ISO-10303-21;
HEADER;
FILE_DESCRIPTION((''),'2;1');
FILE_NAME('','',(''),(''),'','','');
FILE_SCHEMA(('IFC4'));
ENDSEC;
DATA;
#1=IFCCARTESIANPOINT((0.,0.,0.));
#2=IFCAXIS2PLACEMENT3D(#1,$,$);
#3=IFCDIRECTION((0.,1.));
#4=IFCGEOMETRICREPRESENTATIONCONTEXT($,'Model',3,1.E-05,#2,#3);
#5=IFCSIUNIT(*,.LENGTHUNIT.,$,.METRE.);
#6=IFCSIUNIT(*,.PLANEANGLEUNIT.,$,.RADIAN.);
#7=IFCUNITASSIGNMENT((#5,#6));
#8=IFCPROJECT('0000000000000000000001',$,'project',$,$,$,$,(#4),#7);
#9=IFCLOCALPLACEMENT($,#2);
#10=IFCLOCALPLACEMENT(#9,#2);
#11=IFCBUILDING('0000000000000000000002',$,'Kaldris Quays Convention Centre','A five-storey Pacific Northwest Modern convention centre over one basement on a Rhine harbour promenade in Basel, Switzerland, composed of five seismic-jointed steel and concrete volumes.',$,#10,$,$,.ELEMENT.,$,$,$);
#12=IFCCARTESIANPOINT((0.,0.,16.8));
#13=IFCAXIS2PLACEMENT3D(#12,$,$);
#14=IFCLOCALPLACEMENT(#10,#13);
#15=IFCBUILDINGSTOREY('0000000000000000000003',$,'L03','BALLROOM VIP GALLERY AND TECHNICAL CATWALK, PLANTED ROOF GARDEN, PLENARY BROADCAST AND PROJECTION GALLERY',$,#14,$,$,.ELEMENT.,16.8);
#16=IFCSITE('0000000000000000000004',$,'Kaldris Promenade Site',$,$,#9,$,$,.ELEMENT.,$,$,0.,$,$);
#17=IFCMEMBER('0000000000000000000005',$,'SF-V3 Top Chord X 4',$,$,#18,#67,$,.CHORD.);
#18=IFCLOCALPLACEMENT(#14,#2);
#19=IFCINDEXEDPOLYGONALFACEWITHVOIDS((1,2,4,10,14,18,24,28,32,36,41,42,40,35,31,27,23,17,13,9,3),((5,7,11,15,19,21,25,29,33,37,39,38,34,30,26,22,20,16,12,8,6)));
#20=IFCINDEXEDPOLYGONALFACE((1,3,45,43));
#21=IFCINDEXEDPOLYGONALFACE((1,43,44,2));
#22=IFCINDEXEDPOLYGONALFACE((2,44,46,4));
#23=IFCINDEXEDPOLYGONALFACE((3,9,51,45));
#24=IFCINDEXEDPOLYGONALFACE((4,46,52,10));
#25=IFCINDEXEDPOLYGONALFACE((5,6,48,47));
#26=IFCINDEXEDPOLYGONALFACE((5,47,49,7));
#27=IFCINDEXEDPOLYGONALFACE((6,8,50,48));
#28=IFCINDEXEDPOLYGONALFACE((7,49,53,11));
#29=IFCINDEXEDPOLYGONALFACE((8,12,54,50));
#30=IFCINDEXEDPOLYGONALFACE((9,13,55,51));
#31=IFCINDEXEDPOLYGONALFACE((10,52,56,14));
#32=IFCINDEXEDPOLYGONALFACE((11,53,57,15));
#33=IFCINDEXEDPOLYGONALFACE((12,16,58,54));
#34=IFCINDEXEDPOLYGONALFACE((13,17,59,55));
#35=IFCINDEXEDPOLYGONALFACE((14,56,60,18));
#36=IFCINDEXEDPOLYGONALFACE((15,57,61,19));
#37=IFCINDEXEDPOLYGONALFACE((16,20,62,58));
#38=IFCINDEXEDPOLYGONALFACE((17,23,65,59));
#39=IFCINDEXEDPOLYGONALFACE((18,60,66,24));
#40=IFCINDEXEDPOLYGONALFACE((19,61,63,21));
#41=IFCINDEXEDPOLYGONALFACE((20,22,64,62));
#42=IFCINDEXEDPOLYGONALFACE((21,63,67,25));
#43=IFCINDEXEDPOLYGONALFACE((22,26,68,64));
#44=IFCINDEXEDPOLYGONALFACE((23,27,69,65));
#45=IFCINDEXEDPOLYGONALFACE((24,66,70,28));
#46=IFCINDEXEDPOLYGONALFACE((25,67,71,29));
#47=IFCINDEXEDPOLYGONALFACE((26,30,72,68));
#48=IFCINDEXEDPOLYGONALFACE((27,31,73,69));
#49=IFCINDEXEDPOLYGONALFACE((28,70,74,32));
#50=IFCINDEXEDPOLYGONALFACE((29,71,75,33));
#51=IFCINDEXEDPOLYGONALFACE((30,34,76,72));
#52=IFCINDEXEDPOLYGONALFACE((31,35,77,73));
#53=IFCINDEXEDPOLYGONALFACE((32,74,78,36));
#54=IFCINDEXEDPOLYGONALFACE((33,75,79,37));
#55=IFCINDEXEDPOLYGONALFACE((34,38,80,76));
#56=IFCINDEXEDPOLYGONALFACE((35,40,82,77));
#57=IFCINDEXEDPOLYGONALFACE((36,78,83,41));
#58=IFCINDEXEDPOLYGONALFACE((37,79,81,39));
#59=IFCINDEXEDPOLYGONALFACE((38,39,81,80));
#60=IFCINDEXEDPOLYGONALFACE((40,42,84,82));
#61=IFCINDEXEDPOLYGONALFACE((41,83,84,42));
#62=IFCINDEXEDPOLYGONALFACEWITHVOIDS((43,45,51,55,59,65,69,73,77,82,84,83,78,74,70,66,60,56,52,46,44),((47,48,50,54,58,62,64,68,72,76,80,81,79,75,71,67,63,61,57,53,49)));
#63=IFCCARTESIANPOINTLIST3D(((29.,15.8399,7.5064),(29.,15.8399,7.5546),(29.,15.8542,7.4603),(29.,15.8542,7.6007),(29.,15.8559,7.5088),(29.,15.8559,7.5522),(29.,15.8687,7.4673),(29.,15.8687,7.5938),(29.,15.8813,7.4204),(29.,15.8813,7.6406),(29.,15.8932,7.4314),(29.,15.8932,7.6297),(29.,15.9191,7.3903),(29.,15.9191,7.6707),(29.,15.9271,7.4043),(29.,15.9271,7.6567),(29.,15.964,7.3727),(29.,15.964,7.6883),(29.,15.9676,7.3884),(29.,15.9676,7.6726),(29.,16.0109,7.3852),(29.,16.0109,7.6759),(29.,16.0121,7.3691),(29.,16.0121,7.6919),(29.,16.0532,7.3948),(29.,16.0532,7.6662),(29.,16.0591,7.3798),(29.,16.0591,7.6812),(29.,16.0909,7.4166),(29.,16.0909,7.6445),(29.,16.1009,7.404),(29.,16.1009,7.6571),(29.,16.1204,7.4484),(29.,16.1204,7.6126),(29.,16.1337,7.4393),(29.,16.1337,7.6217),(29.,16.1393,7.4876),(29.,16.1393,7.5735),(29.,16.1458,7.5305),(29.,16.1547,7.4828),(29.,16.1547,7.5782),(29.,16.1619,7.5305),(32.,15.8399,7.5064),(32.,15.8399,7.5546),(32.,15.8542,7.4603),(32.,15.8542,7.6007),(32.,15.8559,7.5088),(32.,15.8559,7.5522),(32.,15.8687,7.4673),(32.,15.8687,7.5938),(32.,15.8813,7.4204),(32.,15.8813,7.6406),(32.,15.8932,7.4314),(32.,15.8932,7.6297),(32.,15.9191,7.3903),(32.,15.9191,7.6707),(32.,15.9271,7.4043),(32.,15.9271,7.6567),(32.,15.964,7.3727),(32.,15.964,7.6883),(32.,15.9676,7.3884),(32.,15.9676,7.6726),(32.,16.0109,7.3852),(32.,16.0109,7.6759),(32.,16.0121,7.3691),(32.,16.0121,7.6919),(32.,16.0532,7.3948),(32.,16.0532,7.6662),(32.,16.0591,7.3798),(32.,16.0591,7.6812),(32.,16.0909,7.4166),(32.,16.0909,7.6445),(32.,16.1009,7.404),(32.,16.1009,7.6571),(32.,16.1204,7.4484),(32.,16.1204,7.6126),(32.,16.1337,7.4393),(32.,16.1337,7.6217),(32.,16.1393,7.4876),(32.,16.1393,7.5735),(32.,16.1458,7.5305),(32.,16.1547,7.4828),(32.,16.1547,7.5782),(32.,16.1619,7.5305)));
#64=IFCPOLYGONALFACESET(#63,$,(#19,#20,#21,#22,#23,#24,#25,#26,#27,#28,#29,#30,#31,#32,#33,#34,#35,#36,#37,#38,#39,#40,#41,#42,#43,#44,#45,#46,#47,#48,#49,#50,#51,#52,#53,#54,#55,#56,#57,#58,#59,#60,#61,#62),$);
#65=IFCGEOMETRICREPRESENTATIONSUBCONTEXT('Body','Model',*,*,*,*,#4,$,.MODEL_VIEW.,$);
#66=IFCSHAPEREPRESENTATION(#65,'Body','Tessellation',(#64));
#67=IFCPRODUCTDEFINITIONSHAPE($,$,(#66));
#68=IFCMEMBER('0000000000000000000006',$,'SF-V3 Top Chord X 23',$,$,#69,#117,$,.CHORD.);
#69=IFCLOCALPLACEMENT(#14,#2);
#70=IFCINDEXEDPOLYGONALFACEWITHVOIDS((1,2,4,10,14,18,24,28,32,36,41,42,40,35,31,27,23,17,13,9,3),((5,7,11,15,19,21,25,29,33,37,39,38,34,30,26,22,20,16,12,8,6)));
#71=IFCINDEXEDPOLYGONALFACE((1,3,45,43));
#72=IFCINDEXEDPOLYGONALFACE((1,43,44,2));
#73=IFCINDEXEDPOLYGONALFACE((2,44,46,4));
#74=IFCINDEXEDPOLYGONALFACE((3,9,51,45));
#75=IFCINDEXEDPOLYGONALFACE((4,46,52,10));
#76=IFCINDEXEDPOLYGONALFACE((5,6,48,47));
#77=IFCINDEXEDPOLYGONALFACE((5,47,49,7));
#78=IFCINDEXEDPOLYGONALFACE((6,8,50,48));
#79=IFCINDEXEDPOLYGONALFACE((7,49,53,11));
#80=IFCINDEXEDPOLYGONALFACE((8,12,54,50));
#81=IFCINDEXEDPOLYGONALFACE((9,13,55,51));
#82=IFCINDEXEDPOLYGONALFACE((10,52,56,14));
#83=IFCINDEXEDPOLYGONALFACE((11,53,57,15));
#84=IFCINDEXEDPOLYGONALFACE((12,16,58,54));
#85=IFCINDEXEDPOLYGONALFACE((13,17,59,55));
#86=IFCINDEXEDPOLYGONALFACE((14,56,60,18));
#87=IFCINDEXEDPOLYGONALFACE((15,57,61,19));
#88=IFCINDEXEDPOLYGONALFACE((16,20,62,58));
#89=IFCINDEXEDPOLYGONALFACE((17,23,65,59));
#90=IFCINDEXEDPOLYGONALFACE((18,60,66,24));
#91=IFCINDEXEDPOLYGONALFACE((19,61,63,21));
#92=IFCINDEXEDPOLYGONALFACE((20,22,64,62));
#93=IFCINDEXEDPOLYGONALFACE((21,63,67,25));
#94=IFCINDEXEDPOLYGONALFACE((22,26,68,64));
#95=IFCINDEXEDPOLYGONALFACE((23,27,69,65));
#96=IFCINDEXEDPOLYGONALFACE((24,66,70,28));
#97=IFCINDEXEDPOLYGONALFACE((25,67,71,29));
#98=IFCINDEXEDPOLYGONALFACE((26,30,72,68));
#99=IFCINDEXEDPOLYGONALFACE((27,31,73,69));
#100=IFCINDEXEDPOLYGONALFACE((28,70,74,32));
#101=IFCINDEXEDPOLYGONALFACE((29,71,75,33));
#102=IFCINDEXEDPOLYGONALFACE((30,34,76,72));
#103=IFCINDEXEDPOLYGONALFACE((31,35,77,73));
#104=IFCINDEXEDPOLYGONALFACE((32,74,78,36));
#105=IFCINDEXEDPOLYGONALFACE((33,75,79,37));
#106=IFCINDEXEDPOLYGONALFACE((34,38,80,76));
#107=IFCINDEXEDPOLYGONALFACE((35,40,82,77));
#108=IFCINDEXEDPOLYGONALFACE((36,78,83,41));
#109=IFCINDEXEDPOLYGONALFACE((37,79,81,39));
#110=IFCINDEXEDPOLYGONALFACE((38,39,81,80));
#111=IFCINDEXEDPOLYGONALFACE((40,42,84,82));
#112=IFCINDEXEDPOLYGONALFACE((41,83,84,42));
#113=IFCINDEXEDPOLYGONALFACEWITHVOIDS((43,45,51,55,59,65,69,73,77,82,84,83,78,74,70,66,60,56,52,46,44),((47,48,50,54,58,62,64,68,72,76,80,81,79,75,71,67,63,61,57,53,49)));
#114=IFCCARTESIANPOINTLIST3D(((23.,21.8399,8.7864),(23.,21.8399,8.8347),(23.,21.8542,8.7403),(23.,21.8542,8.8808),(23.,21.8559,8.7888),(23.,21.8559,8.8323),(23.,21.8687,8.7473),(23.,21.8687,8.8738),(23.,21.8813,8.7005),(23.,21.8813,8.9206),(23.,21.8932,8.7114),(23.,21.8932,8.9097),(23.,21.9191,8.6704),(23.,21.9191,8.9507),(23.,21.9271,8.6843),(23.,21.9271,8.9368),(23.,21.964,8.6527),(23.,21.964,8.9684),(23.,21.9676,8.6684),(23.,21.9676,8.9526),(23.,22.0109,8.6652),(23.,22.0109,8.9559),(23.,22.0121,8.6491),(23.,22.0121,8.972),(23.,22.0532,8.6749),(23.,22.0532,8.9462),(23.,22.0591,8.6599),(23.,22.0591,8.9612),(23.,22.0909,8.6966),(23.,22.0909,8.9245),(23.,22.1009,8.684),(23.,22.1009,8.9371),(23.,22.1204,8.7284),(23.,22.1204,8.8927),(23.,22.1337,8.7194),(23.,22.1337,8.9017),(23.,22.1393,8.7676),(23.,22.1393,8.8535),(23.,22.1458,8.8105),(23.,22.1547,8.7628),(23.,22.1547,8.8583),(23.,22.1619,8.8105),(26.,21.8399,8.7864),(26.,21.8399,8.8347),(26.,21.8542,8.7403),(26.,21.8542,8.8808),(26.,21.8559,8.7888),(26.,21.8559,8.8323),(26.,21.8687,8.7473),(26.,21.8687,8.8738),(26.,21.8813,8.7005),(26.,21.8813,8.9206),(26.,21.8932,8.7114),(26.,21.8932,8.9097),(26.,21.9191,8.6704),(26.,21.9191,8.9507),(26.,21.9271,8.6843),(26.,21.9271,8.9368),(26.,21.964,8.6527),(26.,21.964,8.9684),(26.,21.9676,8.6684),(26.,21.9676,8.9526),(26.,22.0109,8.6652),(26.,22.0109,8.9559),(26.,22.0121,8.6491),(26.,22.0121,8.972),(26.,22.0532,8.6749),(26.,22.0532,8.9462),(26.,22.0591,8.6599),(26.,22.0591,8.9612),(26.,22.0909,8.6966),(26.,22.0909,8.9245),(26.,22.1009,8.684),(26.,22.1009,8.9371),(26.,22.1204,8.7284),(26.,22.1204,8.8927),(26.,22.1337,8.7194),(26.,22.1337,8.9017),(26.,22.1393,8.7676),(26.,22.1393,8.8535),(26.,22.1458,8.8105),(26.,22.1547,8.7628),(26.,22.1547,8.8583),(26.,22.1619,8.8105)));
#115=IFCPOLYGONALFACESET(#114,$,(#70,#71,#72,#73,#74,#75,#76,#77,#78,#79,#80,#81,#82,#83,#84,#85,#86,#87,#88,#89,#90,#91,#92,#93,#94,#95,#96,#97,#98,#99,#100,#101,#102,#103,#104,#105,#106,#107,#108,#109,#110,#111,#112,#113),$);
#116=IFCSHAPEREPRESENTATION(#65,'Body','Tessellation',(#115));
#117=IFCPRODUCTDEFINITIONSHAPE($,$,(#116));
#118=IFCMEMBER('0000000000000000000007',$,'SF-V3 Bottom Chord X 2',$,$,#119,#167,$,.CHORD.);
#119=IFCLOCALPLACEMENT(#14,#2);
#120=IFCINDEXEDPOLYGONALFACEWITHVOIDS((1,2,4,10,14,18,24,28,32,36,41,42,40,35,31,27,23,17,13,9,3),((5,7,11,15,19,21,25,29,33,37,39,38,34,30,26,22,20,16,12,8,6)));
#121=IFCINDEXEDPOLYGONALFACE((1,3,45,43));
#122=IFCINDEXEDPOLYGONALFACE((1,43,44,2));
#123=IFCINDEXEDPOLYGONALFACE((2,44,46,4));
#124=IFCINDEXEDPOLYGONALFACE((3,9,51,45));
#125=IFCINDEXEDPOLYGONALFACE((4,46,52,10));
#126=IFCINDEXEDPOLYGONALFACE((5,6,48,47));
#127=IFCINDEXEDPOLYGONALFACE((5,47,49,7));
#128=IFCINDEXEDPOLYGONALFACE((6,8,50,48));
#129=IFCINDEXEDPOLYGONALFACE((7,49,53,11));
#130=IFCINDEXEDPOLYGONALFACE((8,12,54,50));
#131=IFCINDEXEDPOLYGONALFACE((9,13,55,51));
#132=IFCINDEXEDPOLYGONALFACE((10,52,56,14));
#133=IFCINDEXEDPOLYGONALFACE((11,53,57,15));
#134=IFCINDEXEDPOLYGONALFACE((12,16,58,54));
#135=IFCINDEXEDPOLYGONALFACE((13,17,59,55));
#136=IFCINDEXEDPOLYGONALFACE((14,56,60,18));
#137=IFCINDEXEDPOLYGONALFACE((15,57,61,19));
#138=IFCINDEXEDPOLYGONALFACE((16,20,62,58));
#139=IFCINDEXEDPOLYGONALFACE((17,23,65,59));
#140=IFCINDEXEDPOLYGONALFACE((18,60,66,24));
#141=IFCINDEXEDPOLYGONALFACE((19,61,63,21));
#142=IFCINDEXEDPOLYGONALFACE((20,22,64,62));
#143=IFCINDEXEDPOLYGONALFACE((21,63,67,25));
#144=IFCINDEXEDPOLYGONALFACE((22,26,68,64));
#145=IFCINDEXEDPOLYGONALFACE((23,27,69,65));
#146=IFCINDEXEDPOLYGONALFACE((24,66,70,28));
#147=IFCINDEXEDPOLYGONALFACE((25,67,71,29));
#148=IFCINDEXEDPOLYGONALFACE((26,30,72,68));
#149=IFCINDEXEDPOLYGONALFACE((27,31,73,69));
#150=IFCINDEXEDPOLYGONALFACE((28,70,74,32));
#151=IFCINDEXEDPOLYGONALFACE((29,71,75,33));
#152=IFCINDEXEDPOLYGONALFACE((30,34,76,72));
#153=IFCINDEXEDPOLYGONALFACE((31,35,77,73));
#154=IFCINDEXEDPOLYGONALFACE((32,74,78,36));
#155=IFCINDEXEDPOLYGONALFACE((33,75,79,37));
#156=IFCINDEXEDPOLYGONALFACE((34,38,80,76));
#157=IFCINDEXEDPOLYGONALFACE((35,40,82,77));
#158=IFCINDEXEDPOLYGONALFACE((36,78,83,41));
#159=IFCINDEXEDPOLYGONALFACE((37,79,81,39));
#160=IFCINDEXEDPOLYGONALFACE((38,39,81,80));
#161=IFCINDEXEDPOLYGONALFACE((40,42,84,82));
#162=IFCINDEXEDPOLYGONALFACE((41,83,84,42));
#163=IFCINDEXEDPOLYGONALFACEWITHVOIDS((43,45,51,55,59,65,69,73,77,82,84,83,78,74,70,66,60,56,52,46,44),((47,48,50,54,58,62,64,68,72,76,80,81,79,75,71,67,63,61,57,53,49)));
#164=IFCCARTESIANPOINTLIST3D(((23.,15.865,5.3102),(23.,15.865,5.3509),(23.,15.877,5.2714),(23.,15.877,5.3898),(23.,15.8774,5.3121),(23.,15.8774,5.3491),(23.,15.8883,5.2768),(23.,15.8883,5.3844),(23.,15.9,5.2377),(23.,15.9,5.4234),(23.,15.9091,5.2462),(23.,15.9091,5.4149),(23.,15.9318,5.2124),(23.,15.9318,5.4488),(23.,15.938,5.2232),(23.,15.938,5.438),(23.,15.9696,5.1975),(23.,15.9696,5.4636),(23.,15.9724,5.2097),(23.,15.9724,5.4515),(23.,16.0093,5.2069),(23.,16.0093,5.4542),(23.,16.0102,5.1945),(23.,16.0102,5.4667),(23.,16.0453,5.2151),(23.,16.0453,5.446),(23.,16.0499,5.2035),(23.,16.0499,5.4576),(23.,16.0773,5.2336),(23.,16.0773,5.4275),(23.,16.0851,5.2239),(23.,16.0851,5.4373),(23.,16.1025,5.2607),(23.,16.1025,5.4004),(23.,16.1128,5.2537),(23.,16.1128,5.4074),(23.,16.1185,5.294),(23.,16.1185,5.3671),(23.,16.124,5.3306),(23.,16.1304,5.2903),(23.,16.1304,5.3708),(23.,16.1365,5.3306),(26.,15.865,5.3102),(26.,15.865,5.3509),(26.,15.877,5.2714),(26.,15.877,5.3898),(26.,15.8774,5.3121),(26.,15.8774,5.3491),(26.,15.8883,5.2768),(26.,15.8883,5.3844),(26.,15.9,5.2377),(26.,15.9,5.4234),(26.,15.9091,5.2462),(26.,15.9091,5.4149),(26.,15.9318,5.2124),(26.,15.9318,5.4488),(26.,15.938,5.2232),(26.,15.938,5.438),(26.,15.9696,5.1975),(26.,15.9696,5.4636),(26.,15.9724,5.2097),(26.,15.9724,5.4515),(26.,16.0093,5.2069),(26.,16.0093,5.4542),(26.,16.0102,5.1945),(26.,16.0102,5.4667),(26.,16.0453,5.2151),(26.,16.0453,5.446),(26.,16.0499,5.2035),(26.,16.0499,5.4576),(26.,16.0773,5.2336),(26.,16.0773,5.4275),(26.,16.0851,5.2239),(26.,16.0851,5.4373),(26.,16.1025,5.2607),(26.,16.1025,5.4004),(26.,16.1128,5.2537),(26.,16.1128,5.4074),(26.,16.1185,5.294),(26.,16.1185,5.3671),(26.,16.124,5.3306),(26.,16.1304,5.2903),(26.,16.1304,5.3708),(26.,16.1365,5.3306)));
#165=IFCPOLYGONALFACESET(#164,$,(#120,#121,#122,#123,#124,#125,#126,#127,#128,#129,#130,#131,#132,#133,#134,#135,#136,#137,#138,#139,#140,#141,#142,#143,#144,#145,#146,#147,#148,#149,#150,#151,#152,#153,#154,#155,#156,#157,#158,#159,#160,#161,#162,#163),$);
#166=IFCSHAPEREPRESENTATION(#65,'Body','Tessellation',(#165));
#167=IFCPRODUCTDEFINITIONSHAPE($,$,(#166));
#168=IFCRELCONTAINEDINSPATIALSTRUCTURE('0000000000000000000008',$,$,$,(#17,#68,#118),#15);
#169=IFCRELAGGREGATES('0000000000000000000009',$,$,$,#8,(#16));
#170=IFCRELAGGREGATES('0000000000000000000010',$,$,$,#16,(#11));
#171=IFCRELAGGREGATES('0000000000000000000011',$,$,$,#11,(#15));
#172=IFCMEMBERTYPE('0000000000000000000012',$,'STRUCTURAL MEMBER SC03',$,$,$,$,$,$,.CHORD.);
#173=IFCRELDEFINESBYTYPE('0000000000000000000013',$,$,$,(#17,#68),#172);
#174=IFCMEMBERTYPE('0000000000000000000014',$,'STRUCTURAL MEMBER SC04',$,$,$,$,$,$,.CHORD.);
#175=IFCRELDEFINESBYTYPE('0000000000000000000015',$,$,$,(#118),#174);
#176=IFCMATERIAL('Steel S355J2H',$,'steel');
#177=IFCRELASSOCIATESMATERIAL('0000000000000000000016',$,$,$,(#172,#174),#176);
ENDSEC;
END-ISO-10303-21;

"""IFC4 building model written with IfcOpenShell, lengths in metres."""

from ifc_helpers import new_model, si_unit, direction, frame, origin, origin_2d, place, context, subcontext, project, spatial, hollow_circle, extrude, material, material_profile, profile_set, type_object, element, save


model = new_model("IFC4")

# Units and contexts
model_context = context("Model", 3, precision=1e-05, world=origin(), true_north=direction((0.0, 1.0)))
body_context = subcontext(model_context, "Body", "Model", "MODEL_VIEW")
ifc_project = project(units=[si_unit("LENGTHUNIT", "METRE"), si_unit("PLANEANGLEUNIT", "RADIAN")], contexts=[model_context])

# Site, building, storey
site_placement = place(None, origin())
site = spatial("IfcSite", under=ifc_project, at=site_placement, Name="Kaldris Promenade Site", CompositionType="ELEMENT", RefElevation=0.0)
building_placement = place(site_placement, origin())
building = spatial("IfcBuilding", under=site, at=building_placement, Name="Kaldris Quays Convention Centre", Description="A five-storey Pacific Northwest Modern convention centre over one basement on a Rhine harbour promenade in Basel, Switzerland, composed of five seismic-jointed steel and concrete volumes.", CompositionType="ELEMENT")
storey_placement = place(building_placement, frame((0.0, 0.0, 16.8)))
storey = spatial("IfcBuildingStorey", under=building, at=storey_placement, Name="L03", Description="BALLROOM VIP GALLERY AND TECHNICAL CATWALK, PLANTED ROOF GARDEN, PLENARY BROADCAST AND PROJECTION GALLERY", CompositionType="ELEMENT", Elevation=16.8)

# Members
ifc_material_1 = material(Name="Steel S355J2H", Category="steel")
ifc_material_profile_1 = material_profile(ifc_material_1, hollow_circle(Radius=0.1619, WallThickness=0.0161, at=origin_2d()), Name="CHS 323.9x16")
ifc_profile_set_1 = profile_set([ifc_material_profile_1], Name="Steel S355J2H")
member_type_1 = type_object("IfcMemberType", Name="STRUCTURAL MEMBER SC03", PredefinedType="CHORD", material=ifc_profile_set_1)
for number, where, z_axis, x_axis, name in (
    (1, (29.0, 16.0, 7.5305), (1.0, 0.0, 0.0), (0.0, 1.0, 0.0), "SF-V3 Top Chord X 4"),
    (2, (23.0, 22.0, 8.8105), (1.0, 0.0, 0.0), (0.0, 1.0, 0.0), "SF-V3 Top Chord X 23"),
):
    element("IfcMember", number, at=place(storey_placement, frame(where, z_axis=z_axis, x_axis=x_axis)), inside=storey, type_object=member_type_1, Name=name, PredefinedType="CHORD", context=body_context, shape_type="SweptSolid", body=[
        extrude(hollow_circle(Radius=0.1619, WallThickness=0.0161, at=origin_2d()), origin(), (0.0, 0.0, 1.0), 3.0),
    ])
ifc_material_profile_2 = material_profile(ifc_material_1, hollow_circle(Radius=0.1365, WallThickness=0.0125, at=origin_2d()), Name="CHS 273x12.5")
ifc_profile_set_2 = profile_set([ifc_material_profile_2], Name="Steel S355J2H")
member_type_2 = type_object("IfcMemberType", Name="STRUCTURAL MEMBER SC04", PredefinedType="CHORD", material=ifc_profile_set_2)
for number, where, z_axis, x_axis, name in (
    (3, (23.0, 16.0, 5.3306), (1.0, 0.0, 0.0), (0.0, 1.0, 0.0), "SF-V3 Bottom Chord X 2"),
):
    element("IfcMember", number, at=place(storey_placement, frame(where, z_axis=z_axis, x_axis=x_axis)), inside=storey, type_object=member_type_2, Name=name, PredefinedType="CHORD", context=body_context, shape_type="SweptSolid", body=[
        extrude(hollow_circle(Radius=0.1365, WallThickness=0.0125, at=origin_2d()), origin(), (0.0, 0.0, 1.0), 3.0),
    ])

save(model, "model.ifc")
